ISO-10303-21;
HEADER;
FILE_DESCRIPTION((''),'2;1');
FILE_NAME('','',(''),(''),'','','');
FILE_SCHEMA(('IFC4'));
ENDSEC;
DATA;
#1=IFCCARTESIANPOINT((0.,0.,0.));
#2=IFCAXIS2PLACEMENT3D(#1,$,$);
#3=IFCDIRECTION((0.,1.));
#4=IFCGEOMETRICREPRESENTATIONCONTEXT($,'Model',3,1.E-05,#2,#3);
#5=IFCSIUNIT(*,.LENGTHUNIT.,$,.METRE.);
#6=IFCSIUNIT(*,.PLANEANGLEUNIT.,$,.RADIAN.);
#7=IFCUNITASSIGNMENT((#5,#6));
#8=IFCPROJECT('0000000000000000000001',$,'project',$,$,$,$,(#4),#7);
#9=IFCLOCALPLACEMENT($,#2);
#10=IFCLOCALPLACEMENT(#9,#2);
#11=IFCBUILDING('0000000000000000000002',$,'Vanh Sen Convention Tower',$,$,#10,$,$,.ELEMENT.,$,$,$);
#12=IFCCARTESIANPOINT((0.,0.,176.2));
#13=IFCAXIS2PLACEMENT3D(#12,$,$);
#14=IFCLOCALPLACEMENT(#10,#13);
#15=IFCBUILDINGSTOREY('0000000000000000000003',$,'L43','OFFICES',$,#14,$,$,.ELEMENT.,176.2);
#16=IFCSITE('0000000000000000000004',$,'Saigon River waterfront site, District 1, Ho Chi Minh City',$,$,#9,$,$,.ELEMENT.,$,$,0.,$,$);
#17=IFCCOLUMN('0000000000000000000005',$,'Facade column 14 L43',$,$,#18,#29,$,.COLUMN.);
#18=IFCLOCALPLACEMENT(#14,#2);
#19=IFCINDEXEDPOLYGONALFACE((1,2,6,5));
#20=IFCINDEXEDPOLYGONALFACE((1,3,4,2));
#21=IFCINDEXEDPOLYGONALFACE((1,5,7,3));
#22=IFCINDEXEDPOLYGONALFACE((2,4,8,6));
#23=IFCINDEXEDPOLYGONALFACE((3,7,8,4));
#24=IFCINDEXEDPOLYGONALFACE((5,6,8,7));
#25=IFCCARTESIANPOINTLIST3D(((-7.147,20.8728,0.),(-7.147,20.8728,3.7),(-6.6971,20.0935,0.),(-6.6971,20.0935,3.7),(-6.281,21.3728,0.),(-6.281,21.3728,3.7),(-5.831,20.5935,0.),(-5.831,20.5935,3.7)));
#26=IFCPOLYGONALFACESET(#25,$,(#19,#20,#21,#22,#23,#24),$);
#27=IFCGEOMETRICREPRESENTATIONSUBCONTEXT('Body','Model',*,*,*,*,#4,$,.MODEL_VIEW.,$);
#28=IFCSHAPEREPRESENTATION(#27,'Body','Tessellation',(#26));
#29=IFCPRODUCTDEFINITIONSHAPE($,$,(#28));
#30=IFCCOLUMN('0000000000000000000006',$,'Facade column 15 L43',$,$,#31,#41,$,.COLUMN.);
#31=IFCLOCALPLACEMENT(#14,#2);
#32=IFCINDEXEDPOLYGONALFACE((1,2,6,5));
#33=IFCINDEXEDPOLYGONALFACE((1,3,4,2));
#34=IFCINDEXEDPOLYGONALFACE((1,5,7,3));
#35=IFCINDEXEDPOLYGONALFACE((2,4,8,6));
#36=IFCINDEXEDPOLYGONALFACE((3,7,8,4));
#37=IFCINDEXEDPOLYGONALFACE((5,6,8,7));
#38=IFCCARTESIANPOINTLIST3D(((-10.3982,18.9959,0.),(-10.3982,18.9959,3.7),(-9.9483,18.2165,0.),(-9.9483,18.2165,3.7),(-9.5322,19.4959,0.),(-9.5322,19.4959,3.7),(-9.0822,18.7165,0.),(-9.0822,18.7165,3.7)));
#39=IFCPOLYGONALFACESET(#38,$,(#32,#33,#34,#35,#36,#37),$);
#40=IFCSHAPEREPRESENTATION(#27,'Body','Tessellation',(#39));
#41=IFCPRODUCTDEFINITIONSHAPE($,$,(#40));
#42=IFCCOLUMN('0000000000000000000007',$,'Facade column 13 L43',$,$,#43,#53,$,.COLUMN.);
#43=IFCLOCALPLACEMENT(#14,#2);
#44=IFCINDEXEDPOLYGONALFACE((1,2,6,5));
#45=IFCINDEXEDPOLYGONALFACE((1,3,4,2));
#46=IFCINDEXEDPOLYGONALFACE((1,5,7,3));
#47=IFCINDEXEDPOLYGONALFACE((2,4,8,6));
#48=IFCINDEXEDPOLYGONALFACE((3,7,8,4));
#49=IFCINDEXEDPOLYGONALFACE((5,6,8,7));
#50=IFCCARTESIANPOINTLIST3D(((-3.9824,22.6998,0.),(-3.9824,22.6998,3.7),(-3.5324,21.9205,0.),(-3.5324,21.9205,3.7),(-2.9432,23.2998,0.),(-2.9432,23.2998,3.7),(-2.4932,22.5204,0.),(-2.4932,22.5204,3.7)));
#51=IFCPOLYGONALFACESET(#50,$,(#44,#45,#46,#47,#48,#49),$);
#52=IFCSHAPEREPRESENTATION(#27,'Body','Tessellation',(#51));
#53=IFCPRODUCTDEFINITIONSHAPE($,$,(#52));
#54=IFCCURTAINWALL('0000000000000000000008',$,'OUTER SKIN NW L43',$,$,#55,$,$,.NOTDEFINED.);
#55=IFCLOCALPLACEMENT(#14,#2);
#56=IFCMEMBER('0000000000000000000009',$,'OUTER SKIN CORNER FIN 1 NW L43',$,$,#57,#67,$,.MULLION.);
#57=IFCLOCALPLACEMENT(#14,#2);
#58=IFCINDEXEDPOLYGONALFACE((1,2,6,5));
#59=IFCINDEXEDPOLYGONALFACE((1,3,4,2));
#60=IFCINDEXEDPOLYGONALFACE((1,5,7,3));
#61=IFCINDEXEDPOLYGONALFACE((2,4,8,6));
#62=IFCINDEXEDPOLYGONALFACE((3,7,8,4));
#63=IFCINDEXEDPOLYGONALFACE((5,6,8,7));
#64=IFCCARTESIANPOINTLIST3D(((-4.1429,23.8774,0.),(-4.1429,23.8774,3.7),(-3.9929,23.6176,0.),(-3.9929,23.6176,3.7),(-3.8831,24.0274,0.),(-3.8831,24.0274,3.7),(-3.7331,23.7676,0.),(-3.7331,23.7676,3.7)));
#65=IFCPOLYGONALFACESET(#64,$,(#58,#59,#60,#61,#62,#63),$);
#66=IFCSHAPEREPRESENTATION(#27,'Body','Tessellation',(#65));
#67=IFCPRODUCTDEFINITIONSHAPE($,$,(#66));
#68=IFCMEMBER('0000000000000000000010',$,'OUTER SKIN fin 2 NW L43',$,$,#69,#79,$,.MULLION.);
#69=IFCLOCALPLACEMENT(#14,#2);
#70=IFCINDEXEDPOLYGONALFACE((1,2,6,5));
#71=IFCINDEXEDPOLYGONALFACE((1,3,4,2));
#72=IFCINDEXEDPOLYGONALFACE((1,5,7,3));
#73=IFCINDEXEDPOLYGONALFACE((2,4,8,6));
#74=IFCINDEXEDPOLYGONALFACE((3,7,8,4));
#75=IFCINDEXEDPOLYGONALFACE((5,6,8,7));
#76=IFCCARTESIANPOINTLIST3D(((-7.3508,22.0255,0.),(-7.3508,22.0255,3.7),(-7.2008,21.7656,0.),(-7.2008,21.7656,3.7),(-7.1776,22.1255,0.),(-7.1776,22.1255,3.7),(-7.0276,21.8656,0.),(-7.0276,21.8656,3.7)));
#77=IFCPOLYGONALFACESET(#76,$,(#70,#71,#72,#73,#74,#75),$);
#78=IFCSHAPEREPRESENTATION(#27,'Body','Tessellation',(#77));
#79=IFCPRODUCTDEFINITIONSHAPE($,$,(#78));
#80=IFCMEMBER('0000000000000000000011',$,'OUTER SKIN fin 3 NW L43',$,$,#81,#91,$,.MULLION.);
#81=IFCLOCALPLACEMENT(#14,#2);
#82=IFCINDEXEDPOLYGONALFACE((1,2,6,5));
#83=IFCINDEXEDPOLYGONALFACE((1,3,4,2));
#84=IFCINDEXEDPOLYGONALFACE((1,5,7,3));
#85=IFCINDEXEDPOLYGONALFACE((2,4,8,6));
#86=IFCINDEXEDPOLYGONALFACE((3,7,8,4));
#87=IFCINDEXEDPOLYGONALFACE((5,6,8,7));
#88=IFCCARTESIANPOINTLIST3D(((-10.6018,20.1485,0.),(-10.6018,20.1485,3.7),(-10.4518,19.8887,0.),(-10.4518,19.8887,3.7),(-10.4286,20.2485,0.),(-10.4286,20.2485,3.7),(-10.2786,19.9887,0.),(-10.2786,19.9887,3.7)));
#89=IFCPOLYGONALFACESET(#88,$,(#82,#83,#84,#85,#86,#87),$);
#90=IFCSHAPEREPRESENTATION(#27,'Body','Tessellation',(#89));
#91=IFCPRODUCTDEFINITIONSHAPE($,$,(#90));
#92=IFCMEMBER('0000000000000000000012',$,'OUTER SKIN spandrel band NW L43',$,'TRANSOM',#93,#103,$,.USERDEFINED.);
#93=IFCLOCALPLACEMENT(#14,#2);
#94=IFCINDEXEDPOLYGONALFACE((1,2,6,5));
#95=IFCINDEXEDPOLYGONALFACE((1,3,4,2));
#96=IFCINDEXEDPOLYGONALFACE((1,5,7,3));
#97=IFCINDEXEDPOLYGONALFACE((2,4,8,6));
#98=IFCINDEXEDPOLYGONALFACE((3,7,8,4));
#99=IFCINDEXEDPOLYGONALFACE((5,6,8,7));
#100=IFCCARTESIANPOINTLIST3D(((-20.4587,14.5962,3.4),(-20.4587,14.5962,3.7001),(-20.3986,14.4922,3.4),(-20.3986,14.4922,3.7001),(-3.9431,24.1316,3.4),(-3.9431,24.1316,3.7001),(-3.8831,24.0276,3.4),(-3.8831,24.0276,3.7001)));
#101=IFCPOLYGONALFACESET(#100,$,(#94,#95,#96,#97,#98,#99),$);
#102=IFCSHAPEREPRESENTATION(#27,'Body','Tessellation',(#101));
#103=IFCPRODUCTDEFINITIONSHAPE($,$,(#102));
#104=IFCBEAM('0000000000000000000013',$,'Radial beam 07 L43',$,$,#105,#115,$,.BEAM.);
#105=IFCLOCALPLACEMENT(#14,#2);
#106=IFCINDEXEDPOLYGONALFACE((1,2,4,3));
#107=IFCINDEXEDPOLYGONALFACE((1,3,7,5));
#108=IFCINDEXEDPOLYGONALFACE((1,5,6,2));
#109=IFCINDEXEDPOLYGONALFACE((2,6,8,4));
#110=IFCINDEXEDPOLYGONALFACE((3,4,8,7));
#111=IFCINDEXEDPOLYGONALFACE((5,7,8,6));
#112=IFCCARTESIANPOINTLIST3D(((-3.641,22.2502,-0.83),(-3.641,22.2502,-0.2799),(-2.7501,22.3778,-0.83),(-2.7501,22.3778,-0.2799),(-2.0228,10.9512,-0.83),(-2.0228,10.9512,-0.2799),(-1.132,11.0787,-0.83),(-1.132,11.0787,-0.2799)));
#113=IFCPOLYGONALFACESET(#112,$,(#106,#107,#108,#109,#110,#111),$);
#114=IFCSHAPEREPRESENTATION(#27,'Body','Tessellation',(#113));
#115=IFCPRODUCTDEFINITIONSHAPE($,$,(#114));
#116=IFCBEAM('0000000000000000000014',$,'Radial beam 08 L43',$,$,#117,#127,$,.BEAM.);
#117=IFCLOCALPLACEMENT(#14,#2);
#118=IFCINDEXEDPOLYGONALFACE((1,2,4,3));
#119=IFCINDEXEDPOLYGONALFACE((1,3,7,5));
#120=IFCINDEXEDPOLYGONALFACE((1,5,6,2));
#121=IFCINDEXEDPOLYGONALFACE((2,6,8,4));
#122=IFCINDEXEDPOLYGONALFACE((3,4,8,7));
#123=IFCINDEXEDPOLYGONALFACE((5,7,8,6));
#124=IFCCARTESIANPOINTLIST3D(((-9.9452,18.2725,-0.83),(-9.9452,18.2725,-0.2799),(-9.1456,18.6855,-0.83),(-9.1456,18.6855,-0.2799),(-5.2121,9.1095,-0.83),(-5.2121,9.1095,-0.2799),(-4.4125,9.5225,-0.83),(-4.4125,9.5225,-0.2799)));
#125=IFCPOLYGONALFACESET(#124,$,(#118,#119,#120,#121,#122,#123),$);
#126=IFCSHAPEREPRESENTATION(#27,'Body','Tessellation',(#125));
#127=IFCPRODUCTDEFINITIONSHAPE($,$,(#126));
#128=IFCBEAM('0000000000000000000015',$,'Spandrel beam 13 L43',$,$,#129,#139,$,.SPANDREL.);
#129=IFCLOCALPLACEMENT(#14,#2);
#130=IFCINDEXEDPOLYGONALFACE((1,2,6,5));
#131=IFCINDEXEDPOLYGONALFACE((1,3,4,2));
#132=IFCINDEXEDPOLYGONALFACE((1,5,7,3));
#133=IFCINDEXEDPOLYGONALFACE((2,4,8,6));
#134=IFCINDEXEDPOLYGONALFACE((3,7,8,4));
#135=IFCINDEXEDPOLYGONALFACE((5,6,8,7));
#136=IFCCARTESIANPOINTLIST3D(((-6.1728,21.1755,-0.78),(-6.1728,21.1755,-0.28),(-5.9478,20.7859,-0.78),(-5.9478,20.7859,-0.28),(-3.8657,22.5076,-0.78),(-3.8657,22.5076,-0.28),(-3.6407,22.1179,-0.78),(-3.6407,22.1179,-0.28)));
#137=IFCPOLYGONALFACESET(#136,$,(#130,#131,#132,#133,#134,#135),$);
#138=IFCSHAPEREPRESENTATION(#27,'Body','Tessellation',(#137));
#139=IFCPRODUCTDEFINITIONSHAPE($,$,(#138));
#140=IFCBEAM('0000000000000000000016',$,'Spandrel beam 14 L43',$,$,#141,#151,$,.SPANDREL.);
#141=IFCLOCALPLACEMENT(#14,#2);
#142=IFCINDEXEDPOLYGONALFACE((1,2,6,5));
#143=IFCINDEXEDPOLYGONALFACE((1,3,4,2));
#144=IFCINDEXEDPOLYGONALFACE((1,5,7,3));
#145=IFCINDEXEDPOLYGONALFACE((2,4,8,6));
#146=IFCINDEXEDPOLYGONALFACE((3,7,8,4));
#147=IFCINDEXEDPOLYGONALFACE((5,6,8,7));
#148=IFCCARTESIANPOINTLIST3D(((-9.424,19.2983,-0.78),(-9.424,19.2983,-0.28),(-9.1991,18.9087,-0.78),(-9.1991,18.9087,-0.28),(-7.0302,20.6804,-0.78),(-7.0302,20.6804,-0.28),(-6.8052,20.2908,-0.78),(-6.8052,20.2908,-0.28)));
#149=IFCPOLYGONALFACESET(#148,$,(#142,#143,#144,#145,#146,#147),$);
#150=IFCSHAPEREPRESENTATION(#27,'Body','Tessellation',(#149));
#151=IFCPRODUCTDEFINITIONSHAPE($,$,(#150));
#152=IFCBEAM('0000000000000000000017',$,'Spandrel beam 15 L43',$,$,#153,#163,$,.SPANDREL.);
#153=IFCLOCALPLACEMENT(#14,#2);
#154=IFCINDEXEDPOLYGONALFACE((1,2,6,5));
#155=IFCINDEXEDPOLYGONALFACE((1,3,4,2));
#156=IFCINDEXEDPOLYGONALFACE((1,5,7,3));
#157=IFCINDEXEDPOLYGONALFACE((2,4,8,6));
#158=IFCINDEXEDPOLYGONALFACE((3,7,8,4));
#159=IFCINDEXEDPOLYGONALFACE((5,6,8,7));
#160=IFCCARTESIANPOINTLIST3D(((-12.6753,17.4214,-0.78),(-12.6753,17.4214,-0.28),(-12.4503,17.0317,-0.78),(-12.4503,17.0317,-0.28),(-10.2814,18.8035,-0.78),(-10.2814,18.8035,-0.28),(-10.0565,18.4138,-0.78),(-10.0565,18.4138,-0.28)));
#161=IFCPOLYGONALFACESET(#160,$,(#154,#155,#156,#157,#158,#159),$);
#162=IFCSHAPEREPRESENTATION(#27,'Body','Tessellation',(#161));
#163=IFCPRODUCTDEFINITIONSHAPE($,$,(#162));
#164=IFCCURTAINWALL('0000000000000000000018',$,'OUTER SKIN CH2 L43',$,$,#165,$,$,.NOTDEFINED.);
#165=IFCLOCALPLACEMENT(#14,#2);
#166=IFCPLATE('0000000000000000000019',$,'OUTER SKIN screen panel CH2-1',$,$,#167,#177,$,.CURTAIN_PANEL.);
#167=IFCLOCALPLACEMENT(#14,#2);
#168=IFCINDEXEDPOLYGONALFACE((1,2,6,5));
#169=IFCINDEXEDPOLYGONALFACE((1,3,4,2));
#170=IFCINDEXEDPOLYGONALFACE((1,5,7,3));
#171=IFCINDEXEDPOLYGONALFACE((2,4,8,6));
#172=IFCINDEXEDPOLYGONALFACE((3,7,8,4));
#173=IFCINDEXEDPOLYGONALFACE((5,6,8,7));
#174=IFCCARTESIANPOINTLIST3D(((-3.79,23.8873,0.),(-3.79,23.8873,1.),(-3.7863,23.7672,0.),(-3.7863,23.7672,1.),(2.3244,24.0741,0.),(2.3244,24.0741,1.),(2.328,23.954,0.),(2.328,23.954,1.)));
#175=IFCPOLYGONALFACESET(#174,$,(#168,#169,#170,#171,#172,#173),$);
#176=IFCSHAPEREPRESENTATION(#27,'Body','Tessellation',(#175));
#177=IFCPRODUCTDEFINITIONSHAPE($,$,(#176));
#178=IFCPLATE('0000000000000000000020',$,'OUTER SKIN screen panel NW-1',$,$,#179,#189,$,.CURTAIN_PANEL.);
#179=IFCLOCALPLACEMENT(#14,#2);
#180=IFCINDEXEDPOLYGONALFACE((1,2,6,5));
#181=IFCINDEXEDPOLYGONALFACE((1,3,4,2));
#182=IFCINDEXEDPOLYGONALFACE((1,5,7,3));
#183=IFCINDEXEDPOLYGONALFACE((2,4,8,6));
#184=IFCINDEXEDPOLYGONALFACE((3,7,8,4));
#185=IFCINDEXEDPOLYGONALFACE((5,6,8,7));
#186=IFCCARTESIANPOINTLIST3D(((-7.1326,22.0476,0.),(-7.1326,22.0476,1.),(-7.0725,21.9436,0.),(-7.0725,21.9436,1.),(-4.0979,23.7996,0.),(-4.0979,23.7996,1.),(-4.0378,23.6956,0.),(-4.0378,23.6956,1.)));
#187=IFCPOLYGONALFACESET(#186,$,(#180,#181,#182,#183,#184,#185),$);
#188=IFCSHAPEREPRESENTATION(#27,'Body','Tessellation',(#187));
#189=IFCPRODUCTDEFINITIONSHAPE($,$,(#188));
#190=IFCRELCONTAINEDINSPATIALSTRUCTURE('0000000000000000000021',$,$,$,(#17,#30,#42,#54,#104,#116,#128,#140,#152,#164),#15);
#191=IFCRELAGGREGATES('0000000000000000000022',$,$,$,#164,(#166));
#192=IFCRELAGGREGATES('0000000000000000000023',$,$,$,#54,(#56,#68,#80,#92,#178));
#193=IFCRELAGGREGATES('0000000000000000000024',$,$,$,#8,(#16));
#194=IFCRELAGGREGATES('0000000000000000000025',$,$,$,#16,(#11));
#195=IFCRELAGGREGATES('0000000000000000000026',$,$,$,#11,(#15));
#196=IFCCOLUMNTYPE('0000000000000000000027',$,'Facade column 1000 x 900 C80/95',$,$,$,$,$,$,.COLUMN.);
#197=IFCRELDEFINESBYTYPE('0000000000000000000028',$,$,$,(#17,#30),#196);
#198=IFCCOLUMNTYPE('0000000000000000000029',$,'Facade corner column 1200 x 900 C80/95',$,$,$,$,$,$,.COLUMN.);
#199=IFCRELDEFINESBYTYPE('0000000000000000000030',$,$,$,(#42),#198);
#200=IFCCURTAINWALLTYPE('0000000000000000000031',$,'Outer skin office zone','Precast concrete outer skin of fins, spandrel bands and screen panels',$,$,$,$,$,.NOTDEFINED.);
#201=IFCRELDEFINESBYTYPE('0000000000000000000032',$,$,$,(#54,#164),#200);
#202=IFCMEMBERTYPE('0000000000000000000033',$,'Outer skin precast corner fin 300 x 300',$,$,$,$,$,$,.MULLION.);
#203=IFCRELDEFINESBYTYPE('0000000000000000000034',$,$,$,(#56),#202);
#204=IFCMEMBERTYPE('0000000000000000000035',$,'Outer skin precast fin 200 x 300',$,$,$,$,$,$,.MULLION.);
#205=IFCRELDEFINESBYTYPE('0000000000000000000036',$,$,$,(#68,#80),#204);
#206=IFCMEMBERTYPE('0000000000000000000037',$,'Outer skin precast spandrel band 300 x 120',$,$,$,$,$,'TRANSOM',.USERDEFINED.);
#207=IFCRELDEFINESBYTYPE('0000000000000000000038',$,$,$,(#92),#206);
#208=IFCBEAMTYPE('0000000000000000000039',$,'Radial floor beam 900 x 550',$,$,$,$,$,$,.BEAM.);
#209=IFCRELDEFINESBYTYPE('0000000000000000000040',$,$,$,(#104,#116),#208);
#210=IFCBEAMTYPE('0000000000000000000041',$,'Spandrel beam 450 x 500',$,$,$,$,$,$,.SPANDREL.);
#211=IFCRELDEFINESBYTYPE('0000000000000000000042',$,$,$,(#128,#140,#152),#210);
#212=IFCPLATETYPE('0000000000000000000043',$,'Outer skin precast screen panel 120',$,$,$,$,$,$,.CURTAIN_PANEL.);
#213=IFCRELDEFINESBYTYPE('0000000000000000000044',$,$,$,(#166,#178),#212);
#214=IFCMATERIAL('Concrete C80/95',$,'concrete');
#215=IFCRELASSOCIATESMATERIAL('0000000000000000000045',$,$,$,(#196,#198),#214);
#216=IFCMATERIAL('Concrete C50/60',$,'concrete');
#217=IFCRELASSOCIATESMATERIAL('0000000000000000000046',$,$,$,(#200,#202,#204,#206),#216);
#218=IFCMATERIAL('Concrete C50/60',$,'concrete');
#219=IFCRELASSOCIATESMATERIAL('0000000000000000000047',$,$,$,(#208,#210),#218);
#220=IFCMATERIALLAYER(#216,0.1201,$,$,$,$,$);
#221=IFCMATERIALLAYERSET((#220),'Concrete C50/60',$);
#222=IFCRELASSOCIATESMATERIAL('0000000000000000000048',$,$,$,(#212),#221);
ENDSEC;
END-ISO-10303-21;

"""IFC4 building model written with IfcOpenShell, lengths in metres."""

from ifc_helpers import new_model, si_unit, direction, frame, origin, origin_2d, place, context, subcontext, project, spatial, rectangle, extrude, material, layer, layer_set, material_profile, profile_set, type_object, element, aggregate, save


model = new_model("IFC4")

# Units and contexts
model_context = context("Model", 3, precision=1e-05, world=origin(), true_north=direction((0.0, 1.0)))
body_context = subcontext(model_context, "Body", "Model", "MODEL_VIEW")
ifc_project = project(units=[si_unit("LENGTHUNIT", "METRE"), si_unit("PLANEANGLEUNIT", "RADIAN")], contexts=[model_context])

# Site, building, storey
site_placement = place(None, origin())
site = spatial("IfcSite", under=ifc_project, at=site_placement, Name="Saigon River waterfront site, District 1, Ho Chi Minh City", CompositionType="ELEMENT", RefElevation=0.0)
building_placement = place(site_placement, origin())
building = spatial("IfcBuilding", under=site, at=building_placement, Name="Vanh Sen Convention Tower", CompositionType="ELEMENT")
storey_placement = place(building_placement, frame((0.0, 0.0, 176.2)))
storey = spatial("IfcBuildingStorey", under=building, at=storey_placement, Name="L43", Description="OFFICES", CompositionType="ELEMENT", Elevation=176.2)

# Columns
ifc_material_1 = material(Name="Concrete C80/95", Category="concrete")
ifc_material_profile_1 = material_profile(ifc_material_1, rectangle(XDim=1.0, YDim=0.8999, at=origin_2d()), Name="RC 1000X900")
ifc_profile_set_1 = profile_set([ifc_material_profile_1], Name="Concrete C80/95")
column_type_1 = type_object("IfcColumnType", Name="Facade column 1000 x 900 C80/95", PredefinedType="COLUMN", material=ifc_profile_set_1)
for number, where, z_axis, x_axis, name in (
    (1, (-6.489, 20.7332, 0.0), (0.0, 0.0, 1.0), (-0.866025, -0.5, 0.0), "Facade column 14 L43"),
    (2, (-9.7402, 18.8562, 0.0), (0.0, 0.0, 1.0), (-0.866025, -0.5, 0.0), "Facade column 15 L43"),
):
    element("IfcColumn", number, at=place(storey_placement, frame(where, z_axis=z_axis, x_axis=x_axis)), inside=storey, type_object=column_type_1, Name=name, PredefinedType="COLUMN", context=body_context, shape_type="SweptSolid", body=[
        extrude(rectangle(XDim=1.0, YDim=0.8999, at=origin_2d()), origin(), (0.0, 0.0, 1.0), 3.7),
    ])
ifc_material_profile_2 = material_profile(ifc_material_1, rectangle(XDim=1.2, YDim=0.8999, at=origin_2d()), Name="RC 1200X900")
ifc_profile_set_2 = profile_set([ifc_material_profile_2], Name="Concrete C80/95")
column_type_2 = type_object("IfcColumnType", Name="Facade corner column 1200 x 900 C80/95", PredefinedType="COLUMN", material=ifc_profile_set_2)
column_placement = place(storey_placement, frame((-3.2378, 22.6101, 0.0), z_axis=(0.0, 0.0, 1.0), x_axis=(-0.866025, -0.5, 0.0)))
element("IfcColumn", 3, at=column_placement, inside=storey, type_object=column_type_2, Name="Facade column 13 L43", PredefinedType="COLUMN", context=body_context, shape_type="SweptSolid", body=[
    extrude(rectangle(XDim=1.2, YDim=0.8999, at=origin_2d()), origin(), (0.0, 0.0, 1.0), 3.7),
])

# Curtain wall, members
ifc_material_2 = material(Name="Concrete C50/60", Category="concrete")
curtain_wall_type = type_object("IfcCurtainWallType", Name="Outer skin office zone", Description="Precast concrete outer skin of fins, spandrel bands and screen panels", PredefinedType="NOTDEFINED", material=ifc_material_2)
curtain_wall_1_placement = place(storey_placement, origin())
curtain_wall_1 = element("IfcCurtainWall", 4, at=curtain_wall_1_placement, inside=storey, type_object=curtain_wall_type, Name="OUTER SKIN NW L43", PredefinedType="NOTDEFINED")
ifc_material_profile_3 = material_profile(ifc_material_2, rectangle(XDim=0.3, YDim=0.3, at=origin_2d()), Name="Outer skin precast corner fin 300 x 300")
ifc_profile_set_3 = profile_set([ifc_material_profile_3], Name="Concrete C50/60")
member_type_1 = type_object("IfcMemberType", Name="Outer skin precast corner fin 300 x 300", PredefinedType="MULLION", material=ifc_profile_set_3)
member_1_placement = place(storey_placement, frame((-3.938, 23.8225, 0.0), z_axis=(0.0, 0.0, 1.0), x_axis=(-0.866025, -0.5, 0.0)))
member_1 = element("IfcMember", 5, at=member_1_placement, type_object=member_type_1, Name="OUTER SKIN CORNER FIN 1 NW L43", PredefinedType="MULLION", context=body_context, shape_type="SweptSolid", body=[
    extrude(rectangle(XDim=0.3, YDim=0.3, at=origin_2d()), origin(), (0.0, 0.0, 1.0), 3.7),
])
ifc_material_profile_4 = material_profile(ifc_material_2, rectangle(XDim=0.2, YDim=0.3, at=origin_2d()), Name="Outer skin precast fin 200 x 300")
ifc_profile_set_4 = profile_set([ifc_material_profile_4], Name="Concrete C50/60")
member_type_2 = type_object("IfcMemberType", Name="Outer skin precast fin 200 x 300", PredefinedType="MULLION", material=ifc_profile_set_4)
member_2_placement = place(storey_placement, frame((-7.1892, 21.9456, 0.0), z_axis=(0.0, 0.0, 1.0), x_axis=(-0.866025, -0.5, 0.0)))
member_2 = element("IfcMember", 6, at=member_2_placement, type_object=member_type_2, Name="OUTER SKIN fin 2 NW L43", PredefinedType="MULLION", context=body_context, shape_type="SweptSolid", body=[
    extrude(rectangle(XDim=0.2, YDim=0.3, at=origin_2d()), origin(), (0.0, 0.0, 1.0), 3.7),
])
member_3_placement = place(storey_placement, frame((-10.4402, 20.0686, 0.0), z_axis=(0.0, 0.0, 1.0), x_axis=(-0.866025, -0.5, 0.0)))
member_3 = element("IfcMember", 7, at=member_3_placement, type_object=member_type_2, Name="OUTER SKIN fin 3 NW L43", PredefinedType="MULLION", context=body_context, shape_type="SweptSolid", body=[
    extrude(rectangle(XDim=0.2, YDim=0.3, at=origin_2d()), origin(), (0.0, 0.0, 1.0), 3.7),
])
ifc_material_profile_5 = material_profile(ifc_material_2, rectangle(XDim=0.1201, YDim=0.3, at=origin_2d()), Name="Outer skin precast spandrel band 300 x 120")
ifc_profile_set_5 = profile_set([ifc_material_profile_5], Name="Concrete C50/60")
member_type_3 = type_object("IfcMemberType", Name="Outer skin precast spandrel band 300 x 120", ElementType="TRANSOM", PredefinedType="USERDEFINED", material=ifc_profile_set_5)
member_4_placement = place(storey_placement, frame((-3.9131, 24.0796, 3.55), z_axis=(-0.866023, -0.500004, 0.0), x_axis=(0.500004, -0.866023, 0.0)))
member_4 = element("IfcMember", 8, at=member_4_placement, type_object=member_type_3, Name="OUTER SKIN spandrel band NW L43", ObjectType="TRANSOM", PredefinedType="USERDEFINED", context=body_context, shape_type="SweptSolid", body=[
    extrude(rectangle(XDim=0.1201, YDim=0.3, at=origin_2d()), origin(), (0.0, 0.0, 1.0), 19.0706),
])

# Beams
ifc_material_3 = material(Name="Concrete C50/60", Category="concrete")
ifc_material_profile_6 = material_profile(ifc_material_3, rectangle(XDim=0.8999, YDim=0.55, at=origin_2d()), Name="RC 900X550")
ifc_profile_set_6 = profile_set([ifc_material_profile_6], Name="Concrete C50/60")
beam_type_1 = type_object("IfcBeamType", Name="Radial floor beam 900 x 550", PredefinedType="BEAM", material=ifc_profile_set_6)
beam_1_placement = place(storey_placement, frame((-3.1956, 22.314, -0.5549), z_axis=(0.141766, -0.9899, 0.0), x_axis=(0.9899, 0.141766, 0.0)))
element("IfcBeam", 9, at=beam_1_placement, inside=storey, type_object=beam_type_1, Name="Radial beam 07 L43", PredefinedType="BEAM", context=body_context, shape_type="SweptSolid", body=[
    extrude(rectangle(XDim=0.8999, YDim=0.55, at=origin_2d()), origin(), (0.0, 0.0, 1.0), 11.4143),
])
beam_2_placement = place(storey_placement, frame((-9.5454, 18.479, -0.5549), z_axis=(0.458935, -0.88847, 0.0), x_axis=(0.88847, 0.458935, 0.0)))
element("IfcBeam", 10, at=beam_2_placement, inside=storey, type_object=beam_type_1, Name="Radial beam 08 L43", PredefinedType="BEAM", context=body_context, shape_type="SweptSolid", body=[
    extrude(rectangle(XDim=0.8999, YDim=0.55, at=origin_2d()), origin(), (0.0, 0.0, 1.0), 10.3132),
])
ifc_material_profile_7 = material_profile(ifc_material_3, rectangle(XDim=0.45, YDim=0.5, at=origin_2d()), Name="RC 450X500")
ifc_profile_set_7 = profile_set([ifc_material_profile_7], Name="Concrete C50/60")
beam_type_2 = type_object("IfcBeamType", Name="Spandrel beam 450 x 500", PredefinedType="SPANDREL", material=ifc_profile_set_7)
beam_3_placement = place(storey_placement, frame((-3.7532, 22.3127, -0.53), z_axis=(-0.866024, -0.500003, 0.0), x_axis=(0.500003, -0.866024, 0.0)))
element("IfcBeam", 11, at=beam_3_placement, inside=storey, type_object=beam_type_2, Name="Spandrel beam 13 L43", PredefinedType="SPANDREL", context=body_context, shape_type="SweptSolid", body=[
    extrude(rectangle(XDim=0.45, YDim=0.5, at=origin_2d()), origin(), (0.0, 0.0, 1.0), 2.6641),
])
for number, where, z_axis, x_axis, name in (
    (12, (-6.9177, 20.4856, -0.53), (-0.866022, -0.500005, 0.0), (0.500005, -0.866022, 0.0), "Spandrel beam 14 L43"),
    (13, (-10.1689, 18.6086, -0.53), (-0.866022, -0.500005, 0.0), (0.500005, -0.866022, 0.0), "Spandrel beam 15 L43"),
):
    element("IfcBeam", number, at=place(storey_placement, frame(where, z_axis=z_axis, x_axis=x_axis)), inside=storey, type_object=beam_type_2, Name=name, PredefinedType="SPANDREL", context=body_context, shape_type="SweptSolid", body=[
        extrude(rectangle(XDim=0.45, YDim=0.5, at=origin_2d()), origin(), (0.0, 0.0, 1.0), 2.7642),
    ])

# Curtain wall, plate
curtain_wall_2_placement = place(storey_placement, origin())
curtain_wall_2 = element("IfcCurtainWall", 14, at=curtain_wall_2_placement, inside=storey, type_object=curtain_wall_type, Name="OUTER SKIN CH2 L43", PredefinedType="NOTDEFINED")
ifc_layer_1 = layer(ifc_material_2, 0.1201)
ifc_layer_set_1 = layer_set([ifc_layer_1], Name="Concrete C50/60")
plate_type = type_object("IfcPlateType", Name="Outer skin precast screen panel 120", PredefinedType="CURTAIN_PANEL", material=ifc_layer_set_1)
plate_1_placement = place(storey_placement, frame((-0.731, 23.9207, 0.0), z_axis=(0.0, 0.0, 1.0), x_axis=(-0.999534, -0.030539, 0.0)))
plate_1 = element("IfcPlate", 15, at=plate_1_placement, type_object=plate_type, Name="OUTER SKIN screen panel CH2-1", PredefinedType="CURTAIN_PANEL", context=body_context, shape_type="SweptSolid", body=[
    extrude(rectangle(XDim=6.1172, YDim=0.1201, at=origin_2d()), origin(), (0.0, 0.0, 1.0), 1.0),
])
aggregate(curtain_wall_2, [plate_1])

# Plate
plate_2_placement = place(storey_placement, frame((-5.5852, 22.8716, 0.0), z_axis=(0.0, 0.0, 1.0), x_axis=(-0.866035, -0.499983, 0.0)))
plate_2 = element("IfcPlate", 16, at=plate_2_placement, type_object=plate_type, Name="OUTER SKIN screen panel NW-1", PredefinedType="CURTAIN_PANEL", context=body_context, shape_type="SweptSolid", body=[
    extrude(rectangle(XDim=3.5042, YDim=0.1201, at=origin_2d()), origin(), (0.0, 0.0, 1.0), 1.0),
])
aggregate(curtain_wall_1, [member_1, member_2, member_3, member_4, plate_2])

save(model, "model.ifc")
